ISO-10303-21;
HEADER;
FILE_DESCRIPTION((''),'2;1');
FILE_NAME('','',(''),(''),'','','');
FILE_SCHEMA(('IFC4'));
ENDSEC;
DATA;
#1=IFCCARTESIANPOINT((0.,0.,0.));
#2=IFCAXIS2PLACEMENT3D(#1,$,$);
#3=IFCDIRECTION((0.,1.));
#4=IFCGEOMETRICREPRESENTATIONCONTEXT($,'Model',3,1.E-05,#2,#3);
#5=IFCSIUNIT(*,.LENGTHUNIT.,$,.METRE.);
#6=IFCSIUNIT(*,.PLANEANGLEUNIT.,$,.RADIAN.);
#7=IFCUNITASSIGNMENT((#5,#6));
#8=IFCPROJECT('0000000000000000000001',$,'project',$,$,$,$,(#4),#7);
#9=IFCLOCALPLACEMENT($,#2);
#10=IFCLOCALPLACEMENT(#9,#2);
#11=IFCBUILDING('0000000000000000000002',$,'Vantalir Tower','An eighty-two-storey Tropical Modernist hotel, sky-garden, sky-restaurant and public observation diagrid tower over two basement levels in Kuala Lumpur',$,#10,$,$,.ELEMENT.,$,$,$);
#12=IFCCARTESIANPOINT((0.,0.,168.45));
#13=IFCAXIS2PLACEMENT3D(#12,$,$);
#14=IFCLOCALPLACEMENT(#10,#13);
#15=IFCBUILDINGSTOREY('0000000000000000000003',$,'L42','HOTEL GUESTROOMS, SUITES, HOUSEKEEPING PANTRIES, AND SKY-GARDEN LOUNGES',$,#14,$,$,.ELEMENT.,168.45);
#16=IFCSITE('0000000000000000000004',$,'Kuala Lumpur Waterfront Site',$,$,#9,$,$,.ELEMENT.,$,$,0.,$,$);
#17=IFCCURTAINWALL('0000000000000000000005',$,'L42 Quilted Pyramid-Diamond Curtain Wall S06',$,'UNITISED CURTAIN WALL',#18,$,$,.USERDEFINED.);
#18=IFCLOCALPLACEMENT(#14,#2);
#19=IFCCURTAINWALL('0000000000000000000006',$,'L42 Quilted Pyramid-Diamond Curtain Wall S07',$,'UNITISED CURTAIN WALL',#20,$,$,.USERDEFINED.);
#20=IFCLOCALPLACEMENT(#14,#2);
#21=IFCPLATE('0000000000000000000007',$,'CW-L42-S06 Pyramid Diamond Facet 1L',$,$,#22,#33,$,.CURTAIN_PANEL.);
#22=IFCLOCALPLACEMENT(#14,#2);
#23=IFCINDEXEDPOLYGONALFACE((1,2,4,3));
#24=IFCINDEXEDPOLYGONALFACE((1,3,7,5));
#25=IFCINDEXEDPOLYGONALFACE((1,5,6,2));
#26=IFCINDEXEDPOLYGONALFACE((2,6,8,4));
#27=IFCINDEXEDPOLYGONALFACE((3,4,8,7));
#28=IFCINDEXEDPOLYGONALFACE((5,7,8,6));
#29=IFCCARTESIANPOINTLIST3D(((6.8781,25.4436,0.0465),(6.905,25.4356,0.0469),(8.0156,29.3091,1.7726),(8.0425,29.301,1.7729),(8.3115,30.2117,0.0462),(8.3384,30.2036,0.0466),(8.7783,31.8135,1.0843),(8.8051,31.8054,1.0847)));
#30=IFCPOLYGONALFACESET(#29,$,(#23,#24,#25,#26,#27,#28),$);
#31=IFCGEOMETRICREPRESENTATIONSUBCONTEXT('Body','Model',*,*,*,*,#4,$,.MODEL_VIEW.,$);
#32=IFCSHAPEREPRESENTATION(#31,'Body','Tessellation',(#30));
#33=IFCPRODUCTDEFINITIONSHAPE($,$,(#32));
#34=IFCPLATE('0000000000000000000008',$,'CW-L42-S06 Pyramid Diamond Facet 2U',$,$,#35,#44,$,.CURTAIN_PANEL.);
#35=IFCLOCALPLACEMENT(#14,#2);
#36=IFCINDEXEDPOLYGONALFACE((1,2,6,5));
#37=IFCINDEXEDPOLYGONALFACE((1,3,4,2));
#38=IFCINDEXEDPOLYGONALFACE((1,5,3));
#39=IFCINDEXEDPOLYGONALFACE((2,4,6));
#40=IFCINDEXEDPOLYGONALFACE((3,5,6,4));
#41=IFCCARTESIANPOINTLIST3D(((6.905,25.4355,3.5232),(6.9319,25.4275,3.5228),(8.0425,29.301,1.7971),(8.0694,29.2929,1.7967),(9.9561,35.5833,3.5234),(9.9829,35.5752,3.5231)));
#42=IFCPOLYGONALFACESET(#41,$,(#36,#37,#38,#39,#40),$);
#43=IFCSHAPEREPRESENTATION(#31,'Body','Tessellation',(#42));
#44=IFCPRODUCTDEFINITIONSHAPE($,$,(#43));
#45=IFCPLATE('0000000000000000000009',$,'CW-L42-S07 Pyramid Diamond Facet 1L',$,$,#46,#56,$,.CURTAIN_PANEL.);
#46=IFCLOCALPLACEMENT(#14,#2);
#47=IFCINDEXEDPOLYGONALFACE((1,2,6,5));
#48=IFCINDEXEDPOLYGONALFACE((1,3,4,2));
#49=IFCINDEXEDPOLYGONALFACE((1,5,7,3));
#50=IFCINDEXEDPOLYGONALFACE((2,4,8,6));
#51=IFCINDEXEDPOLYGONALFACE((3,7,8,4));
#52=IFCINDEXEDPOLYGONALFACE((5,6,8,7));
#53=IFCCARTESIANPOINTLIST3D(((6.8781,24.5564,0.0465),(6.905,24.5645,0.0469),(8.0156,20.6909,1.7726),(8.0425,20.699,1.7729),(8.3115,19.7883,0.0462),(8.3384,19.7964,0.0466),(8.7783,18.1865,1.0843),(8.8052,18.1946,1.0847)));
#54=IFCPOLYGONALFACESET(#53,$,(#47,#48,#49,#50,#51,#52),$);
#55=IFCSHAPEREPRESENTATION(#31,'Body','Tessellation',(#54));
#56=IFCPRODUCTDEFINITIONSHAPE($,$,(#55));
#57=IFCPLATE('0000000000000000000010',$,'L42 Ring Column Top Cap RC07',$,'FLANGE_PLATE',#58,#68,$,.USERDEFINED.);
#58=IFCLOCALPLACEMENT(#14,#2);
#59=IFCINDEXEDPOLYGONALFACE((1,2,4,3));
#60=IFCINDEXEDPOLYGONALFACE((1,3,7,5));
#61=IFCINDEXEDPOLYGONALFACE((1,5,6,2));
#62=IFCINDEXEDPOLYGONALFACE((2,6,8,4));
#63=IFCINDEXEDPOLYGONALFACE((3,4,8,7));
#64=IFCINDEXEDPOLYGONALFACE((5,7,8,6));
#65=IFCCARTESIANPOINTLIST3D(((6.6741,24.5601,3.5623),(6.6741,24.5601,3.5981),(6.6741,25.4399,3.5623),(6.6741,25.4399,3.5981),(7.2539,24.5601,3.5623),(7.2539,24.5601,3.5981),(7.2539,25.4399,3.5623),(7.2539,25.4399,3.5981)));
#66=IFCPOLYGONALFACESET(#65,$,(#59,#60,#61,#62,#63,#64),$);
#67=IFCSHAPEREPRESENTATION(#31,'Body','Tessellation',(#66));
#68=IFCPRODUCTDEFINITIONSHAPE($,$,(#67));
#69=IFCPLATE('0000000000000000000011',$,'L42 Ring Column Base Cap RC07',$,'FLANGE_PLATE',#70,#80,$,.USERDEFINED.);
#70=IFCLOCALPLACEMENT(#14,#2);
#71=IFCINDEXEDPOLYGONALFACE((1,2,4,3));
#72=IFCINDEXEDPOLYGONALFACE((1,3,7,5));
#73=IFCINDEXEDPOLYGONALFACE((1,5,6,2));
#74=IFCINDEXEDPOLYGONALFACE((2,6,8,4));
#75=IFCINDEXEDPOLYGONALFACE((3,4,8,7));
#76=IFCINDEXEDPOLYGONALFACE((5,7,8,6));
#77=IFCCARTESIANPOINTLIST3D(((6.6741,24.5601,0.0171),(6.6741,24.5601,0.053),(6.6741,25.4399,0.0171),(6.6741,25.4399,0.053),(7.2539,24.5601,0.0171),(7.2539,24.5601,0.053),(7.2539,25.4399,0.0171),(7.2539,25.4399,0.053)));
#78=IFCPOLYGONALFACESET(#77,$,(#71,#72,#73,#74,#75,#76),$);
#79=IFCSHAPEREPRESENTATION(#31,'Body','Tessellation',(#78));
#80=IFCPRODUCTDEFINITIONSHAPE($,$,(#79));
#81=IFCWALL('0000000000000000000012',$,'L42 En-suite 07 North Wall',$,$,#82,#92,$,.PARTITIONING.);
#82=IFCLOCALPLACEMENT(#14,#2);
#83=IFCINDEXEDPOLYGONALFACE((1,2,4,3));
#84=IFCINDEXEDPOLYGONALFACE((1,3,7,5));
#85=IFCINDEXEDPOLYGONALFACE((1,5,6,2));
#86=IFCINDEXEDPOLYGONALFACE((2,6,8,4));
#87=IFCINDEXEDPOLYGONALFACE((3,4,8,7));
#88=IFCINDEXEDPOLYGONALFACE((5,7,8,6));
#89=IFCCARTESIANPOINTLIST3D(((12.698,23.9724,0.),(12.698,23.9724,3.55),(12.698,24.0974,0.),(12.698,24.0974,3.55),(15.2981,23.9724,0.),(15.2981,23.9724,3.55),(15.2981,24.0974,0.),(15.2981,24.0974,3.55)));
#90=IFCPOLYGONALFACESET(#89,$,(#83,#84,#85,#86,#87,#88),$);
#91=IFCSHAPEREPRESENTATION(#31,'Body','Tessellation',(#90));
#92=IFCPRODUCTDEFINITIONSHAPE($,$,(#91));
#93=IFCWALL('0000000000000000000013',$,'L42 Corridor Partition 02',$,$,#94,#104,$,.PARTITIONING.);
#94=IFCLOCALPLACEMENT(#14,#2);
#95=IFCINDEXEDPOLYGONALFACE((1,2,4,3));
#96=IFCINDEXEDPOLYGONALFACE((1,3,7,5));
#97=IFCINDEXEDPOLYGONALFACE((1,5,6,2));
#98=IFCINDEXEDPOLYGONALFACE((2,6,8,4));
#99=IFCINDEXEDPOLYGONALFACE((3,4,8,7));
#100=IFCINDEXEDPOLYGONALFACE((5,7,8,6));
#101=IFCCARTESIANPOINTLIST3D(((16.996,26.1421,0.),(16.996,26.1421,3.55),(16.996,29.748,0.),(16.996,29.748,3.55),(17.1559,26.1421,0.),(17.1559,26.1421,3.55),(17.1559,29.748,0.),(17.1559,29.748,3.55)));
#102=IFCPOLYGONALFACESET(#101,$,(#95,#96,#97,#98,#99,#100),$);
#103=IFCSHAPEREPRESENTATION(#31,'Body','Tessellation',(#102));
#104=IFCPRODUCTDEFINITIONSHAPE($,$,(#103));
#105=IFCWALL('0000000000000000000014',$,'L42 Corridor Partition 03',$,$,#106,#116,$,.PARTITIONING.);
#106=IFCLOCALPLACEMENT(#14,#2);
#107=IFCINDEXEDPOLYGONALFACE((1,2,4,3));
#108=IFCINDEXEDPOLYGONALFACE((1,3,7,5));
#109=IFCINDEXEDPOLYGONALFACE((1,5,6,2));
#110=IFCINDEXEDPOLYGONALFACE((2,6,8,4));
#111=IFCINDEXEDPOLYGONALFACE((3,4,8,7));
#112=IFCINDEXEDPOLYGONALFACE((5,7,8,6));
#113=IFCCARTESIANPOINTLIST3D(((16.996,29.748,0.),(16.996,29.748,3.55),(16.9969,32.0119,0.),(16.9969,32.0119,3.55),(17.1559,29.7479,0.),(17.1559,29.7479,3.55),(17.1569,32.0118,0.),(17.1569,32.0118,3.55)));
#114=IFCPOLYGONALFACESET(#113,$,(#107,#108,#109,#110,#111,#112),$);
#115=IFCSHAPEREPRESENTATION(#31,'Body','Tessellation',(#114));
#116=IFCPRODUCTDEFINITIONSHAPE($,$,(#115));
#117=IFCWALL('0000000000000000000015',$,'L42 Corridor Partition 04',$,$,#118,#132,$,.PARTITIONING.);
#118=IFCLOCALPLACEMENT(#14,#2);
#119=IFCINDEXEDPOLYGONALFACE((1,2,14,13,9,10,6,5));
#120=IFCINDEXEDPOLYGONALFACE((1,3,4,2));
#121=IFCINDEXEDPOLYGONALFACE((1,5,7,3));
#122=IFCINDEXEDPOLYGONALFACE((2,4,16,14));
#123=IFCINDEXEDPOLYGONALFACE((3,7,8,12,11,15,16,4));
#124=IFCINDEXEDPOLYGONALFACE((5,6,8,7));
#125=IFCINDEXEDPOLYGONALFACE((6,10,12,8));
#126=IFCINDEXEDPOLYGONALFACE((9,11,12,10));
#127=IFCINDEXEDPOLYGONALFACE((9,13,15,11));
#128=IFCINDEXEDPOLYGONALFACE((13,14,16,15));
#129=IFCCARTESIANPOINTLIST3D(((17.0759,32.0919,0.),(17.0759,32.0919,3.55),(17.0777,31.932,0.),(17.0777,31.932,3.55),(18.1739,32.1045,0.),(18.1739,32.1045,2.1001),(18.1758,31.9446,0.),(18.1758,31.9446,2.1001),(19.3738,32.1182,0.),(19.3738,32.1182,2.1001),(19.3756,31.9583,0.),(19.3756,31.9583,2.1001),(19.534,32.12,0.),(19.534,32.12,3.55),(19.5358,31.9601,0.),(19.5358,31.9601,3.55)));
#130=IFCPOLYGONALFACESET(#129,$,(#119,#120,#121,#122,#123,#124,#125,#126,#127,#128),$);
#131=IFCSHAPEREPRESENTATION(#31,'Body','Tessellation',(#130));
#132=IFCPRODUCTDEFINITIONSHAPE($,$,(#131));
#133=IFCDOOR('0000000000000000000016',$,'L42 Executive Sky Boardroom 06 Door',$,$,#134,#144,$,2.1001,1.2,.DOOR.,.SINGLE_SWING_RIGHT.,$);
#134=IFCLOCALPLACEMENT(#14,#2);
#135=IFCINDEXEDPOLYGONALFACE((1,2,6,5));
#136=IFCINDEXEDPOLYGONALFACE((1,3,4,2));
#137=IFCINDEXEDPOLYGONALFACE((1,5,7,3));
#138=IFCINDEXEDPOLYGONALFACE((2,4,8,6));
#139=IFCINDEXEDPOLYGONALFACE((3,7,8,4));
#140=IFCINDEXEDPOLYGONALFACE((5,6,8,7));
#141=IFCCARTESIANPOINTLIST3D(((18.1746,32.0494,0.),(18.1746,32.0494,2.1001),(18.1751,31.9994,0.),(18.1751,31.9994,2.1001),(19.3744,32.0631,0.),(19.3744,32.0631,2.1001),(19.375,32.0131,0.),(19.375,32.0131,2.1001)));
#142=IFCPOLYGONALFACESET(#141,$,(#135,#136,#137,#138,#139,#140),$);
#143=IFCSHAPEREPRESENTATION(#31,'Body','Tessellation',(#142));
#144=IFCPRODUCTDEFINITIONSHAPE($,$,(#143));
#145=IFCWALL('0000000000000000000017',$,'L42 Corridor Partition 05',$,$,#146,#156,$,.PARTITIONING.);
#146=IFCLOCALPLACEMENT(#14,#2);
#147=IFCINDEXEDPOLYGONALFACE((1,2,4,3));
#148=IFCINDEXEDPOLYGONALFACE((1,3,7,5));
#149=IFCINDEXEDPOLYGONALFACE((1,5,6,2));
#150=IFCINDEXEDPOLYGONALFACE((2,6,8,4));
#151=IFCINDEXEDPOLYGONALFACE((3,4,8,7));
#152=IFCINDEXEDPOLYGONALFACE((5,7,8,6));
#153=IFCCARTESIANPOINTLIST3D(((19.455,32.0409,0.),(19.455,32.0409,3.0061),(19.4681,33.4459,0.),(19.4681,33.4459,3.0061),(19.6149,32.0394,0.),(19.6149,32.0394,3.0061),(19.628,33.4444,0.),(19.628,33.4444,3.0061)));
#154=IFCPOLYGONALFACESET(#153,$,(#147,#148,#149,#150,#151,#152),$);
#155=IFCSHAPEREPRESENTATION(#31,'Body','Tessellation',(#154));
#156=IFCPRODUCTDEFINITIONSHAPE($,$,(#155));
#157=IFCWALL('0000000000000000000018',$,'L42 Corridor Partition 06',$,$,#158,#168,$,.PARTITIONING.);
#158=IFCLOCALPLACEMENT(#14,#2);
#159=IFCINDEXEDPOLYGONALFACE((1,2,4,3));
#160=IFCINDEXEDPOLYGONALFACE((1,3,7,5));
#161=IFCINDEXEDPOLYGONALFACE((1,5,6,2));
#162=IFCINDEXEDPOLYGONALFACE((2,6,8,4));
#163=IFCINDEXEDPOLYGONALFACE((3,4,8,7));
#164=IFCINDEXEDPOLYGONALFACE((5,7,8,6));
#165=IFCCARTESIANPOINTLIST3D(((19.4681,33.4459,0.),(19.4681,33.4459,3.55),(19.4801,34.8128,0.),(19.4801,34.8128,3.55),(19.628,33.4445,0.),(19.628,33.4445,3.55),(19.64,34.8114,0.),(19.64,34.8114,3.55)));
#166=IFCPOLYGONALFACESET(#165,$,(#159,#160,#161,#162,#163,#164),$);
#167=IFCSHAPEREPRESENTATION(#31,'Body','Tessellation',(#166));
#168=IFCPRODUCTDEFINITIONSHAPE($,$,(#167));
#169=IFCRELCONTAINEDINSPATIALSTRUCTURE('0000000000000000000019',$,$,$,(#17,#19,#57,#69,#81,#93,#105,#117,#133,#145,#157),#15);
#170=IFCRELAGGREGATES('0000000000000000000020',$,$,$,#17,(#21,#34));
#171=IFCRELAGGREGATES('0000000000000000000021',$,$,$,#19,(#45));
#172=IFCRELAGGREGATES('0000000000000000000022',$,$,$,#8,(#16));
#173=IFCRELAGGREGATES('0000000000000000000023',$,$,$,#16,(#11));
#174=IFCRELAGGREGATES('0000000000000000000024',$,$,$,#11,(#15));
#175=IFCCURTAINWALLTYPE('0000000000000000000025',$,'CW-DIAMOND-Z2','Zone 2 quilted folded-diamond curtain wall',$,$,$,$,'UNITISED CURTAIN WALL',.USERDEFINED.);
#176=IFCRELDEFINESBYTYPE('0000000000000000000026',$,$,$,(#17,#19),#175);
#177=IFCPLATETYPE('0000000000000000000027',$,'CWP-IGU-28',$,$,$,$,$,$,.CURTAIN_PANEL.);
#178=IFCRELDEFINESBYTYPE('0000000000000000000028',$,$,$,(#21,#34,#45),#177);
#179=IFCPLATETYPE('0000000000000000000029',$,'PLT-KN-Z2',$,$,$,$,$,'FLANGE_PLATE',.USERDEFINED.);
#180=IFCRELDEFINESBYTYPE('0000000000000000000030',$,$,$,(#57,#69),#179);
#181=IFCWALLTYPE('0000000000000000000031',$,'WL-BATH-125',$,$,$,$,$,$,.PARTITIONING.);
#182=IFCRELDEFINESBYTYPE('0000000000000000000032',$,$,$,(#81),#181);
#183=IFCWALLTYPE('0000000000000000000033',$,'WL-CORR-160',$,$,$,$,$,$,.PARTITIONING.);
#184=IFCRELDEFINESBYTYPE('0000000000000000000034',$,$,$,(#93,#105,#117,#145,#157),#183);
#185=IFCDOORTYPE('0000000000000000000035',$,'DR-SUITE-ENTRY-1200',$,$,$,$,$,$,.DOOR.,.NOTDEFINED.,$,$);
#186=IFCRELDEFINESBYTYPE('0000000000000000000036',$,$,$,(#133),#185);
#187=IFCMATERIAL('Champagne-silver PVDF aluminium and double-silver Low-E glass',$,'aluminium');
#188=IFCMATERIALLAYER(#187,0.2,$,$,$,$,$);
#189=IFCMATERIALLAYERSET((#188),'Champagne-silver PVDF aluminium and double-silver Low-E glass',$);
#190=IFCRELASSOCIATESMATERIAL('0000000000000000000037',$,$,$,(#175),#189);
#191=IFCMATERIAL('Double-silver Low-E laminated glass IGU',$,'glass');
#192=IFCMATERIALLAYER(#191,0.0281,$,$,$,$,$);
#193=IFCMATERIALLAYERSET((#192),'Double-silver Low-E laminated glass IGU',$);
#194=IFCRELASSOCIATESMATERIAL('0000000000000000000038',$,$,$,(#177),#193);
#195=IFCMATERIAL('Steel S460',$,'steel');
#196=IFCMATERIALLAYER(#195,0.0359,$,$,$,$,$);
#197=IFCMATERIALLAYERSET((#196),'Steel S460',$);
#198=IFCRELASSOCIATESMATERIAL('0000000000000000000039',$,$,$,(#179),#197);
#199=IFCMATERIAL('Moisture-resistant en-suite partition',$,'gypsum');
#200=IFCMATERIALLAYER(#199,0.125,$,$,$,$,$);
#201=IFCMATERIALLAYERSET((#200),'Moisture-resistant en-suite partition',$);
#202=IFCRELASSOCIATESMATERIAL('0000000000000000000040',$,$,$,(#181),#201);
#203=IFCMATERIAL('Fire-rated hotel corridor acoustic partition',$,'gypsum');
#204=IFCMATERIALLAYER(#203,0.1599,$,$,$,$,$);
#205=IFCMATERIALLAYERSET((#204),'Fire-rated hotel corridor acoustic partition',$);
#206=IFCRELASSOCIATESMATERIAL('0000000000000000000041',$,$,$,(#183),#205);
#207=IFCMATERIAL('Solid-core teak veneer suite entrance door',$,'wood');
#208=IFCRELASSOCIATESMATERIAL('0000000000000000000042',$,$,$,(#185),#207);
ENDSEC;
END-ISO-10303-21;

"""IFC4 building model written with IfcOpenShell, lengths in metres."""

from ifc_helpers import new_model, si_unit, direction, frame, frame_2d, origin, place, context, subcontext, project, spatial, polyline, rectangle, outline, extrude, material, layer, layer_set, type_object, element, fill, aggregate, save


model = new_model("IFC4")

# Units and contexts
model_context = context("Model", 3, precision=1e-05, world=origin(), true_north=direction((0.0, 1.0)))
body_context = subcontext(model_context, "Body", "Model", "MODEL_VIEW")
ifc_project = project(units=[si_unit("LENGTHUNIT", "METRE"), si_unit("PLANEANGLEUNIT", "RADIAN")], contexts=[model_context])

# Site, building, storey
site_placement = place(None, origin())
site = spatial("IfcSite", under=ifc_project, at=site_placement, Name="Kuala Lumpur Waterfront Site", CompositionType="ELEMENT", RefElevation=0.0)
building_placement = place(site_placement, origin())
building = spatial("IfcBuilding", under=site, at=building_placement, Name="Vantalir Tower", Description="An eighty-two-storey Tropical Modernist hotel, sky-garden, sky-restaurant and public observation diagrid tower over two basement levels in Kuala Lumpur", CompositionType="ELEMENT")
storey_placement = place(building_placement, frame((0.0, 0.0, 168.45)))
storey = spatial("IfcBuildingStorey", under=building, at=storey_placement, Name="L42", Description="HOTEL GUESTROOMS, SUITES, HOUSEKEEPING PANTRIES, AND SKY-GARDEN LOUNGES", CompositionType="ELEMENT", Elevation=168.45)

# Shared definitions
ifc_material_1 = material(Name="Steel S460", Category="steel")

# Curtain wall
ifc_material_2 = material(Name="Champagne-silver PVDF aluminium and double-silver Low-E glass", Category="aluminium")
ifc_layer_1 = layer(ifc_material_2, 0.2)
ifc_layer_set_1 = layer_set([ifc_layer_1], Name="Champagne-silver PVDF aluminium and double-silver Low-E glass")
curtain_wall_type = type_object("IfcCurtainWallType", Name="CW-DIAMOND-Z2", Description="Zone 2 quilted folded-diamond curtain wall", ElementType="UNITISED CURTAIN WALL", PredefinedType="USERDEFINED", material=ifc_layer_set_1)
curtain_wall_1_placement = place(storey_placement, origin())
curtain_wall_1 = element("IfcCurtainWall", 1, at=curtain_wall_1_placement, inside=storey, type_object=curtain_wall_type, Name="L42 Quilted Pyramid-Diamond Curtain Wall S06", ObjectType="UNITISED CURTAIN WALL", PredefinedType="USERDEFINED")

# Curtain wall
curtain_wall_2_placement = place(storey_placement, origin())
curtain_wall_2 = element("IfcCurtainWall", 2, at=curtain_wall_2_placement, inside=storey, type_object=curtain_wall_type, Name="L42 Quilted Pyramid-Diamond Curtain Wall S07", ObjectType="UNITISED CURTAIN WALL", PredefinedType="USERDEFINED")

# Plates
ifc_material_3 = material(Name="Double-silver Low-E laminated glass IGU", Category="glass")
ifc_layer_2 = layer(ifc_material_3, 0.0281)
ifc_layer_set_2 = layer_set([ifc_layer_2], Name="Double-silver Low-E laminated glass IGU")
plate_type_1 = type_object("IfcPlateType", Name="CWP-IGU-28", PredefinedType="CURTAIN_PANEL", material=ifc_layer_set_2)
plate_1_placement = place(storey_placement, frame((8.3384, 30.2036, 0.0466), z_axis=(0.957574, -0.287866, 0.013624), x_axis=(-0.287893, -0.957662, 0.000049)))
plate_1 = element("IfcPlate", 3, at=plate_1_placement, type_object=plate_type_1, Name="CW-L42-S06 Pyramid Diamond Facet 1L", PredefinedType="CURTAIN_PANEL", context=body_context, shape_type="SweptSolid", body=[
    extrude(outline(polyline([(0.0, 0.0), (4.9789, 0.0), (0.9496, -1.7264), (-1.6683, -1.0383), (0.0, 0.0)])), origin(), (0.0, 0.0, -1.0), 0.0281),
])
plate_2_placement = place(storey_placement, frame((6.905, 25.4355, 3.5232), z_axis=(-0.957562, 0.287902, 0.01373), x_axis=(0.287929, 0.957652, 0.000023)))
plate_2 = element("IfcPlate", 4, at=plate_2_placement, type_object=plate_type_1, Name="CW-L42-S06 Pyramid Diamond Facet 2U", PredefinedType="CURTAIN_PANEL", context=body_context, shape_type="SweptSolid", body=[
    extrude(outline(polyline([(0.0, 0.0), (10.5964, 0.0), (4.0292, 1.7263), (0.0, 0.0)])), origin(), (0.0, 0.0, -1.0), 0.0281),
])
aggregate(curtain_wall_1, [plate_1, plate_2])
plate_3_placement = place(storey_placement, frame((6.905, 24.5645, 0.0469), z_axis=(0.957574, 0.287866, 0.013624), x_axis=(0.287893, -0.957662, -0.000049)))
plate_3 = element("IfcPlate", 5, at=plate_3_placement, type_object=plate_type_1, Name="CW-L42-S07 Pyramid Diamond Facet 1L", PredefinedType="CURTAIN_PANEL", context=body_context, shape_type="SweptSolid", body=[
    extrude(outline(polyline([(0.0, 0.0), (4.9789, 0.0), (6.6472, -1.0383), (4.0292, -1.7264), (0.0, 0.0)])), origin(), (0.0, 0.0, -1.0), 0.0281),
])
aggregate(curtain_wall_2, [plate_3])

# Plates
ifc_layer_3 = layer(ifc_material_1, 0.0359)
ifc_layer_set_3 = layer_set([ifc_layer_3], Name="Steel S460")
plate_type_2 = type_object("IfcPlateType", Name="PLT-KN-Z2", ElementType="FLANGE_PLATE", PredefinedType="USERDEFINED", material=ifc_layer_set_3)
for number, where, z_axis, x_axis, name in (
    (6, (6.6741, 25.4399, 3.5981), (0.0, 0.0, 1.0), (0.0, -1.0, 0.0), "L42 Ring Column Top Cap RC07"),
    (7, (6.6741, 25.4399, 0.053), (0.0, 0.0, 1.0), (0.0, -1.0, 0.0), "L42 Ring Column Base Cap RC07"),
):
    element("IfcPlate", number, at=place(storey_placement, frame(where, z_axis=z_axis, x_axis=x_axis)), inside=storey, type_object=plate_type_2, Name=name, ObjectType="FLANGE_PLATE", PredefinedType="USERDEFINED", context=body_context, shape_type="SweptSolid", body=[
        extrude(outline(polyline([(0.0, 0.0), (0.8799, 0.0), (0.8799, 0.5798), (0.0, 0.5798), (0.0, 0.0)])), origin(), (0.0, 0.0, -1.0), 0.0359),
    ])

# Walls
ifc_material_4 = material(Name="Moisture-resistant en-suite partition", Category="gypsum")
ifc_layer_4 = layer(ifc_material_4, 0.125)
ifc_layer_set_4 = layer_set([ifc_layer_4], Name="Moisture-resistant en-suite partition")
wall_type_1 = type_object("IfcWallType", Name="WL-BATH-125", PredefinedType="PARTITIONING", material=ifc_layer_set_4)
wall_1_placement = place(storey_placement, frame((12.698, 24.0349, 0.0), z_axis=(0.0, 0.0, 1.0), x_axis=(1.0, 0.0, 0.0)))
element("IfcWall", 8, at=wall_1_placement, inside=storey, type_object=wall_type_1, Name="L42 En-suite 07 North Wall", PredefinedType="PARTITIONING", context=body_context, shape_type="SweptSolid", body=[
    extrude(rectangle(XDim=2.6001, YDim=0.125, at=frame_2d((1.3, 0.0))), origin(), (0.0, 0.0, 1.0), 3.55),
])
ifc_material_5 = material(Name="Fire-rated hotel corridor acoustic partition", Category="gypsum")
ifc_layer_5 = layer(ifc_material_5, 0.1599)
ifc_layer_set_5 = layer_set([ifc_layer_5], Name="Fire-rated hotel corridor acoustic partition")
wall_type_2 = type_object("IfcWallType", Name="WL-CORR-160", PredefinedType="PARTITIONING", material=ifc_layer_set_5)
wall_2_placement = place(storey_placement, frame((17.0759, 26.1421, 0.0), z_axis=(0.0, 0.0, 1.0), x_axis=(0.0, 1.0, 0.0)))
element("IfcWall", 9, at=wall_2_placement, inside=storey, type_object=wall_type_2, Name="L42 Corridor Partition 02", PredefinedType="PARTITIONING", context=body_context, shape_type="SweptSolid", body=[
    extrude(rectangle(XDim=3.606, YDim=0.1599, at=frame_2d((1.803, 0.0))), origin(), (0.0, 0.0, 1.0), 3.55),
])
wall_3_placement = place(storey_placement, frame((17.0759, 29.748, 0.0), z_axis=(0.0, 0.0, 1.0), x_axis=(0.000431, 1.0, 0.0)))
element("IfcWall", 10, at=wall_3_placement, inside=storey, type_object=wall_type_2, Name="L42 Corridor Partition 03", PredefinedType="PARTITIONING", context=body_context, shape_type="SweptSolid", body=[
    extrude(rectangle(XDim=2.2639, YDim=0.1599, at=frame_2d((1.1318, 0.0))), origin(), (0.0, 0.0, 1.0), 3.55),
])

# Wall, opening, door
wall_4_placement = place(storey_placement, frame((17.0769, 32.012, 0.0), z_axis=(0.0, 0.0, 1.0), x_axis=(0.999935, 0.011422, 0.0)))
wall_4 = element("IfcWall", 11, at=wall_4_placement, inside=storey, type_object=wall_type_2, Name="L42 Corridor Partition 04", PredefinedType="PARTITIONING", context=body_context, shape_type="SweptSolid", body=[
    extrude(rectangle(XDim=2.4583, YDim=0.1599, at=frame_2d((1.229, 0.0))), origin(), (0.0, 0.0, 1.0), 3.55),
])
opening_1_placement = place(wall_4_placement, frame((1.0979, 0.0, 0.0)))
opening_1 = element("IfcOpeningElement", 12, at=opening_1_placement, cuts=wall_4, PredefinedType="OPENING", context=body_context, shape_type="SweptSolid", body=[
    extrude(rectangle(XDim=1.2, YDim=2.1001, at=frame_2d((0.6001, 1.05))), frame((0.0, 0.0898, 0.0), z_axis=(0.0, -1.0, 0.0), x_axis=(1.0, 0.0, 0.0)), (0.0, 0.0, 1.0), 0.1799),
])
ifc_material_6 = material(Name="Solid-core teak veneer suite entrance door", Category="wood")
door_type = type_object("IfcDoorType", Name="DR-SUITE-ENTRY-1200", OperationType="NOTDEFINED", PredefinedType="DOOR", material=ifc_material_6)
door_1_placement = place(opening_1_placement, origin())
door_1 = element("IfcDoor", 13, at=door_1_placement, inside=storey, type_object=door_type, Name="L42 Executive Sky Boardroom 06 Door", OperationType="SINGLE_SWING_RIGHT", OverallHeight=2.1001, OverallWidth=1.2, PredefinedType="DOOR", context=body_context, shape_type="SweptSolid", body=[
    extrude(rectangle(XDim=1.2, YDim=2.1001, at=frame_2d((0.6001, 1.05))), frame((0.0, 0.0249, 0.0), z_axis=(0.0, -1.0, 0.0), x_axis=(1.0, 0.0, 0.0)), (0.0, 0.0, 1.0), 0.05),
])
fill(opening_1, door_1)

# Walls
wall_5_placement = place(storey_placement, frame((19.5349, 32.04, 0.0), z_axis=(0.0, 0.0, 1.0), x_axis=(0.009383, 0.999956, 0.0)))
element("IfcWall", 14, at=wall_5_placement, inside=storey, type_object=wall_type_2, Name="L42 Corridor Partition 05", PredefinedType="PARTITIONING", context=body_context, shape_type="SweptSolid", body=[
    extrude(rectangle(XDim=1.405, YDim=0.1599, at=frame_2d((0.7026, 0.0))), origin(), (0.0, 0.0, 1.0), 3.0061),
])
wall_6_placement = place(storey_placement, frame((19.5481, 33.4451, 0.0), z_axis=(0.0, 0.0, 1.0), x_axis=(0.008751, 0.999962, 0.0)))
element("IfcWall", 15, at=wall_6_placement, inside=storey, type_object=wall_type_2, Name="L42 Corridor Partition 06", PredefinedType="PARTITIONING", context=body_context, shape_type="SweptSolid", body=[
    extrude(rectangle(XDim=1.3669, YDim=0.1599, at=frame_2d((0.6836, 0.0))), origin(), (0.0, 0.0, 1.0), 3.55),
])

save(model, "model.ifc")
